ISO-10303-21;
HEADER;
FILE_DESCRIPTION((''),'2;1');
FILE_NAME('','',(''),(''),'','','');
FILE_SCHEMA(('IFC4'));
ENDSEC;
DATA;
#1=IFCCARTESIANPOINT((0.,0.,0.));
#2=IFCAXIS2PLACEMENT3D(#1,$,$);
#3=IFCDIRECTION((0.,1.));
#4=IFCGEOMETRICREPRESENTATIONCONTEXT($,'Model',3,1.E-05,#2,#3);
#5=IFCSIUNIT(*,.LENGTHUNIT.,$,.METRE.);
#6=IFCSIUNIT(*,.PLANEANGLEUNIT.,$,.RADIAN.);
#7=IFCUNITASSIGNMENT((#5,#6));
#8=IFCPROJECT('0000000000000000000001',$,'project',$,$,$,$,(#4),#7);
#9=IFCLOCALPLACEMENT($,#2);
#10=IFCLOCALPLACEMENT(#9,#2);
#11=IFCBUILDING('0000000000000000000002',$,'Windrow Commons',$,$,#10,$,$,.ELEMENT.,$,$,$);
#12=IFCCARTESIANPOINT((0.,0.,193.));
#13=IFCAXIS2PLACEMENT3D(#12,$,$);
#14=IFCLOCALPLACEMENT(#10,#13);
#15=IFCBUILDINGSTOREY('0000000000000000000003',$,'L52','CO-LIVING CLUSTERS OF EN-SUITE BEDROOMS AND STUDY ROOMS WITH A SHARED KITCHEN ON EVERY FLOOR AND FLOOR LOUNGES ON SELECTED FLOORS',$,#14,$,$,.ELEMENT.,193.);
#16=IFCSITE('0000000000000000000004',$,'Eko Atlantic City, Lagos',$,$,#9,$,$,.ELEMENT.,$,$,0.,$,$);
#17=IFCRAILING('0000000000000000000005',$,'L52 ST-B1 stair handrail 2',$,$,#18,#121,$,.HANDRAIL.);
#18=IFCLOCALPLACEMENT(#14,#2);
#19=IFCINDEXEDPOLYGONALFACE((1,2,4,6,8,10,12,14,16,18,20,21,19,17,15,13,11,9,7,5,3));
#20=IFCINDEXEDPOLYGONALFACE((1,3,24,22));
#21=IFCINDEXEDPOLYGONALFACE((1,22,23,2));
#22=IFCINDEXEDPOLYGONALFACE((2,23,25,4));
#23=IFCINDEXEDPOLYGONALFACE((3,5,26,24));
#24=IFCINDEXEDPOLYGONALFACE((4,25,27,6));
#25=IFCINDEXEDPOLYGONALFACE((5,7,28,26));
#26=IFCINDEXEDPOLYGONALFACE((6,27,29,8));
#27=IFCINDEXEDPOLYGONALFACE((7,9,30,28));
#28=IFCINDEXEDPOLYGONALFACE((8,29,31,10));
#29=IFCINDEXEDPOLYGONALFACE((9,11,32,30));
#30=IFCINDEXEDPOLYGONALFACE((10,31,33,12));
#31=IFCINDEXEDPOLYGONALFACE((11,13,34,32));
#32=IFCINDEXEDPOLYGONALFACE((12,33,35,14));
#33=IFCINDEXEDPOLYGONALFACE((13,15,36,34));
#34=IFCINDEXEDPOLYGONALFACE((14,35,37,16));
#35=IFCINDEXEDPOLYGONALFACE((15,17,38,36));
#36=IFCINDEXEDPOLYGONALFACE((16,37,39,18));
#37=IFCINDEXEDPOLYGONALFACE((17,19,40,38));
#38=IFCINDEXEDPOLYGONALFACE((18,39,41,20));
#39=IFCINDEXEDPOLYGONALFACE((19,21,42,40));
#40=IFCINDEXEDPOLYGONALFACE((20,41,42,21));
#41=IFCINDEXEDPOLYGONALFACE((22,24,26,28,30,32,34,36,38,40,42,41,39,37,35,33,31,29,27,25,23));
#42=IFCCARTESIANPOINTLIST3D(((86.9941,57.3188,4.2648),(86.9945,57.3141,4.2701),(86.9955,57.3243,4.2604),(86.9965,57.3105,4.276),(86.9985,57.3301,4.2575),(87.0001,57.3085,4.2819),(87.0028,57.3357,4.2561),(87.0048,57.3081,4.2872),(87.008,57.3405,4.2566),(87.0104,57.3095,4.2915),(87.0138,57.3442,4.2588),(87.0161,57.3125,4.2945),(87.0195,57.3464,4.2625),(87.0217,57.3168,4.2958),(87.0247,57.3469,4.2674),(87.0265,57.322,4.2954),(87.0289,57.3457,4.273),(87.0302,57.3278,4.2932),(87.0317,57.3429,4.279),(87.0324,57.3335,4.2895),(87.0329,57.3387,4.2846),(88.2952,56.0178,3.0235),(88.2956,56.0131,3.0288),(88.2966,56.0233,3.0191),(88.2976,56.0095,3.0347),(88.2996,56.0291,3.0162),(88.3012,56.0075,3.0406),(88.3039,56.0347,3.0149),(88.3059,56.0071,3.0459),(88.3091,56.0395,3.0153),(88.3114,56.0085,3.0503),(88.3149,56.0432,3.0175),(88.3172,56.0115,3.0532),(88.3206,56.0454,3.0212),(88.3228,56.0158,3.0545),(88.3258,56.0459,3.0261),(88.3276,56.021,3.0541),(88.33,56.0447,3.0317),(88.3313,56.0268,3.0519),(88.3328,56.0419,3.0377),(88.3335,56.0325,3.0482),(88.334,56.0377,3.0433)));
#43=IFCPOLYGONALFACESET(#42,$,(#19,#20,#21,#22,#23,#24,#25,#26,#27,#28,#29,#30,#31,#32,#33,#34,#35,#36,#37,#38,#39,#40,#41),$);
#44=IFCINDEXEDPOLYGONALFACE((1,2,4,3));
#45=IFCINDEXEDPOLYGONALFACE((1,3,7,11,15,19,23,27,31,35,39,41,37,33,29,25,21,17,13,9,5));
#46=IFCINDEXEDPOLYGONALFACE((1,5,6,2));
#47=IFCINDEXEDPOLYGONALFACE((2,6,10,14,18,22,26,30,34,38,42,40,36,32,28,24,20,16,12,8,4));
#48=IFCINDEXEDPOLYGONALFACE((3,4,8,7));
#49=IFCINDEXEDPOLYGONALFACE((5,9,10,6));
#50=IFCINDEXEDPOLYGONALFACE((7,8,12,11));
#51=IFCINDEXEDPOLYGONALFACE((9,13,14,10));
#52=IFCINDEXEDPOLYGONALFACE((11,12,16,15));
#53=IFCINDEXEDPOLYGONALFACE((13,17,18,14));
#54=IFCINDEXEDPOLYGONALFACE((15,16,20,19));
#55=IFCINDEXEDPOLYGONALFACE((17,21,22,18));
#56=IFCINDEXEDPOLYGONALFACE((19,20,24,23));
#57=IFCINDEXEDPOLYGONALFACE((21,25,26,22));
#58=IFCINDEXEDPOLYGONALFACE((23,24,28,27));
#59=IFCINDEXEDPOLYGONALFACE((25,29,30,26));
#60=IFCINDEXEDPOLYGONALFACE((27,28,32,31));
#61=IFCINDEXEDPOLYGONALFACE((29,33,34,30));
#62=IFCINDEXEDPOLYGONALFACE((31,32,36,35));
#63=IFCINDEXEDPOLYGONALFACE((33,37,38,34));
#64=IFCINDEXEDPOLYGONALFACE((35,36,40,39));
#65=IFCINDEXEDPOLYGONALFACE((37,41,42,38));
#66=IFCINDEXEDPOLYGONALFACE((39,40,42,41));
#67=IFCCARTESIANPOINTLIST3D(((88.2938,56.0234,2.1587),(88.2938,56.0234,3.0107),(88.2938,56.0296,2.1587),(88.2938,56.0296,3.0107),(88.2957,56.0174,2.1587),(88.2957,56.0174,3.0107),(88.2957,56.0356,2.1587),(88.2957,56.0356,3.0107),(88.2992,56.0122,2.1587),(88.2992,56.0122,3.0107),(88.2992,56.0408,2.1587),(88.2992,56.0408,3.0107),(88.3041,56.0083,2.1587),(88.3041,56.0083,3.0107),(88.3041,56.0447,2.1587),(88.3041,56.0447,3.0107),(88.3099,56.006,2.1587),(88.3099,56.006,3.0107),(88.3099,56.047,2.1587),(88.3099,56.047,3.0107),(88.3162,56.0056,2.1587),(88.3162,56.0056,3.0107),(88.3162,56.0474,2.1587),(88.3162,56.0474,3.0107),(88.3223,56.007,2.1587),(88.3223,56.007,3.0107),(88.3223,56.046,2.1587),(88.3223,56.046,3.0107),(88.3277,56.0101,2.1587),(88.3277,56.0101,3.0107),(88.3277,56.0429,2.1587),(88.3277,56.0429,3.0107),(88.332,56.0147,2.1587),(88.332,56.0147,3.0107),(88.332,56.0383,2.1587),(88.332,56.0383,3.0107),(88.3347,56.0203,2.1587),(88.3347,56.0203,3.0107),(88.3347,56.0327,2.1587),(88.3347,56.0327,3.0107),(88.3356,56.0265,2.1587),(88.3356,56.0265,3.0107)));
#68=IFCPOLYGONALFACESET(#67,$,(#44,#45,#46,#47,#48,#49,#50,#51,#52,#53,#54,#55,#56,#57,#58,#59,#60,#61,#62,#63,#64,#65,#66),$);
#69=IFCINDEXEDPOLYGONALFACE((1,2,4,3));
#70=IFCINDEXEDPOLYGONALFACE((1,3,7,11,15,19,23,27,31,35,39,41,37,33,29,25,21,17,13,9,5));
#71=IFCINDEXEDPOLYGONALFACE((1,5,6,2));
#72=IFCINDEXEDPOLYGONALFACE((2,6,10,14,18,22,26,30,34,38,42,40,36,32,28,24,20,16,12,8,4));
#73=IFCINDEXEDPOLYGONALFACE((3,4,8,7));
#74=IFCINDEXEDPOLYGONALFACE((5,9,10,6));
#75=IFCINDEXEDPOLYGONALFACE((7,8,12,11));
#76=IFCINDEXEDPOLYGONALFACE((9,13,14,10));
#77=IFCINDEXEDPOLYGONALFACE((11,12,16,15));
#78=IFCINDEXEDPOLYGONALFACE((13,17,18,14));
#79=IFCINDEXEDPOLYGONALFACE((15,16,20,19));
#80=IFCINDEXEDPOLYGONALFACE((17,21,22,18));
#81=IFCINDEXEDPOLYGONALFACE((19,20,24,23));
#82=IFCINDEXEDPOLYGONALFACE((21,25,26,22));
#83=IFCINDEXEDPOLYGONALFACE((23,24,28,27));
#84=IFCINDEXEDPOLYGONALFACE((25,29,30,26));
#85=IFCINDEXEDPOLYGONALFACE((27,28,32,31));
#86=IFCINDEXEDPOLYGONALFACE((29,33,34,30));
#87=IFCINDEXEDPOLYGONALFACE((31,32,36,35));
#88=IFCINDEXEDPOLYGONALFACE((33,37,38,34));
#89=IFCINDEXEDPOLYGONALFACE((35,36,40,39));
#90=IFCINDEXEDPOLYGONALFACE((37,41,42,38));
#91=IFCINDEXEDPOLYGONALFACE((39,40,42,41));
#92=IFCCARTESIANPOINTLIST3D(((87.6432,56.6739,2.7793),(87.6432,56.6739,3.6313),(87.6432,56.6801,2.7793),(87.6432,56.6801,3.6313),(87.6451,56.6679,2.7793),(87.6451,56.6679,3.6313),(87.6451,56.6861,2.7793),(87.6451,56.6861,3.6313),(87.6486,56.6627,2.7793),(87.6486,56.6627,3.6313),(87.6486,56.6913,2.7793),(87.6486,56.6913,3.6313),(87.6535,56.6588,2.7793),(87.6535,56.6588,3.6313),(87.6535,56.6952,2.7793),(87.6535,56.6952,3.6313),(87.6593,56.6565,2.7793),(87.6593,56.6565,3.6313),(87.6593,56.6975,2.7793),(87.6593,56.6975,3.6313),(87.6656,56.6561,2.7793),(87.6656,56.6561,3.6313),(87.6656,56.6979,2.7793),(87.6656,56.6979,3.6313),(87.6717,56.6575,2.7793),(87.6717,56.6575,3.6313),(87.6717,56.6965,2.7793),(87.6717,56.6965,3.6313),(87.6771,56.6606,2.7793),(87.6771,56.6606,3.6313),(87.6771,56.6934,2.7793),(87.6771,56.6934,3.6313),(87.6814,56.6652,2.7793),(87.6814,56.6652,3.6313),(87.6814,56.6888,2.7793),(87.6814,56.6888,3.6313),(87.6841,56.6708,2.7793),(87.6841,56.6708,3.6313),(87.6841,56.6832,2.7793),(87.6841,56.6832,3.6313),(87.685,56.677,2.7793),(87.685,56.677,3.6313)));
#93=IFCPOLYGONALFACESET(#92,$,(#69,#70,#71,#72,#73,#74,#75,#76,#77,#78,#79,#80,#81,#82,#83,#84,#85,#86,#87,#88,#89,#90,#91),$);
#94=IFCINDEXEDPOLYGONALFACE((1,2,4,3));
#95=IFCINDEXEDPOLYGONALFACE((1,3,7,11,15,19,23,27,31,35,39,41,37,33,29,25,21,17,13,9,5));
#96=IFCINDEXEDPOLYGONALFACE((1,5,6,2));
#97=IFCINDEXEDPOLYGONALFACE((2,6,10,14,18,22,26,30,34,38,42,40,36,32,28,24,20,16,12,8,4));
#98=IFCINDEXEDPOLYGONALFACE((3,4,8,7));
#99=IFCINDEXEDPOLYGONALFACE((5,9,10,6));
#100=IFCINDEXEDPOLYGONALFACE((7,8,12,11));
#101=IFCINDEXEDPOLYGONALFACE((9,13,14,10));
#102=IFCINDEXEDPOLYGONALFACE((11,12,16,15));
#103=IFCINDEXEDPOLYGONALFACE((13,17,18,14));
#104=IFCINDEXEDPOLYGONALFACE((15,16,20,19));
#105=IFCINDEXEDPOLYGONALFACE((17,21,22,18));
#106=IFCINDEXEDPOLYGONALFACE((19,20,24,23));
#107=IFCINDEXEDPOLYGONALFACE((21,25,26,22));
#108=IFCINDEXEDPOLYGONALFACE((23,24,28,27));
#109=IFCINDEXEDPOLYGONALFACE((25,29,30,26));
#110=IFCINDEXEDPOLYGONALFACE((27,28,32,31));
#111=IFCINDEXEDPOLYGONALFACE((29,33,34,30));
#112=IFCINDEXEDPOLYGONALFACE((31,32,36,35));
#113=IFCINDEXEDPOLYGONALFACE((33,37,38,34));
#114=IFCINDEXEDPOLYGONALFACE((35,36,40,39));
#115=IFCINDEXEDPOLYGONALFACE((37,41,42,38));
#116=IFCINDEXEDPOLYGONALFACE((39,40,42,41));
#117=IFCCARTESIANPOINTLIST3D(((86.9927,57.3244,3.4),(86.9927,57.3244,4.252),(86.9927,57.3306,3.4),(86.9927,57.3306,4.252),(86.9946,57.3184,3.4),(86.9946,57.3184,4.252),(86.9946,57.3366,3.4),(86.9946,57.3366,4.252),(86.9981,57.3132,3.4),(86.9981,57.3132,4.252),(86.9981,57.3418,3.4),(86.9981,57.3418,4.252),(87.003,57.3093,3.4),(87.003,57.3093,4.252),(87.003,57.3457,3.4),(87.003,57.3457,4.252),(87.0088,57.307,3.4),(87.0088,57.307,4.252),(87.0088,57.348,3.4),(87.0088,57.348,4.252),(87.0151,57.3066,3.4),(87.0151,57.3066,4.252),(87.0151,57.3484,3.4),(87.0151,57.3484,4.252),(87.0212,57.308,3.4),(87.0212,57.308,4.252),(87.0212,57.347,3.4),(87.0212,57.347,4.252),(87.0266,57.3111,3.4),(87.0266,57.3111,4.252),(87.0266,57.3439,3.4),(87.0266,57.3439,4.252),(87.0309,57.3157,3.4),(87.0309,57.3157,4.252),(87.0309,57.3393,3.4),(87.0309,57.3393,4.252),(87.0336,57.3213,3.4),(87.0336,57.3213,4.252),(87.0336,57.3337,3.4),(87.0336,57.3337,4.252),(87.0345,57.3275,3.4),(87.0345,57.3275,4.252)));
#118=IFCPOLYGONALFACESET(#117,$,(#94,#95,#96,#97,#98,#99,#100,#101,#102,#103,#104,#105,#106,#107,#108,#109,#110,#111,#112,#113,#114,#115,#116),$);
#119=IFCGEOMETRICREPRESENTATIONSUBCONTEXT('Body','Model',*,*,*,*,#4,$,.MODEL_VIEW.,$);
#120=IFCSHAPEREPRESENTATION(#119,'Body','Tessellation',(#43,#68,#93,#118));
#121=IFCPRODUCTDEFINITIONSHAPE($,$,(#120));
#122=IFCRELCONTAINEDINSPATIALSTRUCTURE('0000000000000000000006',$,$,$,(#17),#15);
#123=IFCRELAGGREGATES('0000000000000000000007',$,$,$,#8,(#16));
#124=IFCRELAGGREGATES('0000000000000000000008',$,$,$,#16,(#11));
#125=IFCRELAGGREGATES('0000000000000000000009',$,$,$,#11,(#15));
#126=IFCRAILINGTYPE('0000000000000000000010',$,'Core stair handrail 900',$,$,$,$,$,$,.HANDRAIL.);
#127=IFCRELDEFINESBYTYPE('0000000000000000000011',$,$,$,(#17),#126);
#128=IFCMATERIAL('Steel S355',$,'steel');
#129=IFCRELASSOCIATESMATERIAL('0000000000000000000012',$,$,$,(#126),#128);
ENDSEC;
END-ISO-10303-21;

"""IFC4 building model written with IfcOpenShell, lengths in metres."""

from ifc_helpers import new_model, si_unit, direction, frame, origin, origin_2d, place, context, subcontext, project, spatial, circle, extrude, material, type_object, element, save


model = new_model("IFC4")

# Units and contexts
model_context = context("Model", 3, precision=1e-05, world=origin(), true_north=direction((0.0, 1.0)))
body_context = subcontext(model_context, "Body", "Model", "MODEL_VIEW")
ifc_project = project(units=[si_unit("LENGTHUNIT", "METRE"), si_unit("PLANEANGLEUNIT", "RADIAN")], contexts=[model_context])

# Site, building, storey
site_placement = place(None, origin())
site = spatial("IfcSite", under=ifc_project, at=site_placement, Name="Eko Atlantic City, Lagos", CompositionType="ELEMENT", RefElevation=0.0)
building_placement = place(site_placement, origin())
building = spatial("IfcBuilding", under=site, at=building_placement, Name="Windrow Commons", CompositionType="ELEMENT")
storey_placement = place(building_placement, frame((0.0, 0.0, 193.0)))
storey = spatial("IfcBuildingStorey", under=building, at=storey_placement, Name="L52", Description="CO-LIVING CLUSTERS OF EN-SUITE BEDROOMS AND STUDY ROOMS WITH A SHARED KITCHEN ON EVERY FLOOR AND FLOOR LOUNGES ON SELECTED FLOORS", CompositionType="ELEMENT", Elevation=193.0)

# Railing
ifc_material_1 = material(Name="Steel S355", Category="steel")
railing_type_1 = type_object("IfcRailingType", Name="Core stair handrail 900", PredefinedType="HANDRAIL", material=ifc_material_1)
railing_1_placement = place(storey_placement, frame((88.3146, 56.0265, 2.1587)))
element("IfcRailing", 1, at=railing_1_placement, inside=storey, type_object=railing_type_1, Name="L52 ST-B1 stair handrail 2", PredefinedType="HANDRAIL", context=body_context, shape_type="SweptSolid", body=[
    extrude(circle(Radius=0.024, at=origin_2d()), frame((0.0, 0.0, 0.876), z_axis=(-0.586207, 0.586162, 0.559264), x_axis=(-0.70708, -0.707134, 0.0)), (0.0, 0.0, 1.0), 2.2195),
    extrude(circle(Radius=0.021, at=origin_2d()), origin(), (0.0, 0.0, 1.0), 0.852),
    extrude(circle(Radius=0.021, at=origin_2d()), frame((-0.6506, 0.6505, 0.6206)), (0.0, 0.0, 1.0), 0.852),
    extrude(circle(Radius=0.021, at=origin_2d()), frame((-1.3011, 1.301, 1.2413)), (0.0, 0.0, 1.0), 0.852),
])

save(model, "model.ifc")
